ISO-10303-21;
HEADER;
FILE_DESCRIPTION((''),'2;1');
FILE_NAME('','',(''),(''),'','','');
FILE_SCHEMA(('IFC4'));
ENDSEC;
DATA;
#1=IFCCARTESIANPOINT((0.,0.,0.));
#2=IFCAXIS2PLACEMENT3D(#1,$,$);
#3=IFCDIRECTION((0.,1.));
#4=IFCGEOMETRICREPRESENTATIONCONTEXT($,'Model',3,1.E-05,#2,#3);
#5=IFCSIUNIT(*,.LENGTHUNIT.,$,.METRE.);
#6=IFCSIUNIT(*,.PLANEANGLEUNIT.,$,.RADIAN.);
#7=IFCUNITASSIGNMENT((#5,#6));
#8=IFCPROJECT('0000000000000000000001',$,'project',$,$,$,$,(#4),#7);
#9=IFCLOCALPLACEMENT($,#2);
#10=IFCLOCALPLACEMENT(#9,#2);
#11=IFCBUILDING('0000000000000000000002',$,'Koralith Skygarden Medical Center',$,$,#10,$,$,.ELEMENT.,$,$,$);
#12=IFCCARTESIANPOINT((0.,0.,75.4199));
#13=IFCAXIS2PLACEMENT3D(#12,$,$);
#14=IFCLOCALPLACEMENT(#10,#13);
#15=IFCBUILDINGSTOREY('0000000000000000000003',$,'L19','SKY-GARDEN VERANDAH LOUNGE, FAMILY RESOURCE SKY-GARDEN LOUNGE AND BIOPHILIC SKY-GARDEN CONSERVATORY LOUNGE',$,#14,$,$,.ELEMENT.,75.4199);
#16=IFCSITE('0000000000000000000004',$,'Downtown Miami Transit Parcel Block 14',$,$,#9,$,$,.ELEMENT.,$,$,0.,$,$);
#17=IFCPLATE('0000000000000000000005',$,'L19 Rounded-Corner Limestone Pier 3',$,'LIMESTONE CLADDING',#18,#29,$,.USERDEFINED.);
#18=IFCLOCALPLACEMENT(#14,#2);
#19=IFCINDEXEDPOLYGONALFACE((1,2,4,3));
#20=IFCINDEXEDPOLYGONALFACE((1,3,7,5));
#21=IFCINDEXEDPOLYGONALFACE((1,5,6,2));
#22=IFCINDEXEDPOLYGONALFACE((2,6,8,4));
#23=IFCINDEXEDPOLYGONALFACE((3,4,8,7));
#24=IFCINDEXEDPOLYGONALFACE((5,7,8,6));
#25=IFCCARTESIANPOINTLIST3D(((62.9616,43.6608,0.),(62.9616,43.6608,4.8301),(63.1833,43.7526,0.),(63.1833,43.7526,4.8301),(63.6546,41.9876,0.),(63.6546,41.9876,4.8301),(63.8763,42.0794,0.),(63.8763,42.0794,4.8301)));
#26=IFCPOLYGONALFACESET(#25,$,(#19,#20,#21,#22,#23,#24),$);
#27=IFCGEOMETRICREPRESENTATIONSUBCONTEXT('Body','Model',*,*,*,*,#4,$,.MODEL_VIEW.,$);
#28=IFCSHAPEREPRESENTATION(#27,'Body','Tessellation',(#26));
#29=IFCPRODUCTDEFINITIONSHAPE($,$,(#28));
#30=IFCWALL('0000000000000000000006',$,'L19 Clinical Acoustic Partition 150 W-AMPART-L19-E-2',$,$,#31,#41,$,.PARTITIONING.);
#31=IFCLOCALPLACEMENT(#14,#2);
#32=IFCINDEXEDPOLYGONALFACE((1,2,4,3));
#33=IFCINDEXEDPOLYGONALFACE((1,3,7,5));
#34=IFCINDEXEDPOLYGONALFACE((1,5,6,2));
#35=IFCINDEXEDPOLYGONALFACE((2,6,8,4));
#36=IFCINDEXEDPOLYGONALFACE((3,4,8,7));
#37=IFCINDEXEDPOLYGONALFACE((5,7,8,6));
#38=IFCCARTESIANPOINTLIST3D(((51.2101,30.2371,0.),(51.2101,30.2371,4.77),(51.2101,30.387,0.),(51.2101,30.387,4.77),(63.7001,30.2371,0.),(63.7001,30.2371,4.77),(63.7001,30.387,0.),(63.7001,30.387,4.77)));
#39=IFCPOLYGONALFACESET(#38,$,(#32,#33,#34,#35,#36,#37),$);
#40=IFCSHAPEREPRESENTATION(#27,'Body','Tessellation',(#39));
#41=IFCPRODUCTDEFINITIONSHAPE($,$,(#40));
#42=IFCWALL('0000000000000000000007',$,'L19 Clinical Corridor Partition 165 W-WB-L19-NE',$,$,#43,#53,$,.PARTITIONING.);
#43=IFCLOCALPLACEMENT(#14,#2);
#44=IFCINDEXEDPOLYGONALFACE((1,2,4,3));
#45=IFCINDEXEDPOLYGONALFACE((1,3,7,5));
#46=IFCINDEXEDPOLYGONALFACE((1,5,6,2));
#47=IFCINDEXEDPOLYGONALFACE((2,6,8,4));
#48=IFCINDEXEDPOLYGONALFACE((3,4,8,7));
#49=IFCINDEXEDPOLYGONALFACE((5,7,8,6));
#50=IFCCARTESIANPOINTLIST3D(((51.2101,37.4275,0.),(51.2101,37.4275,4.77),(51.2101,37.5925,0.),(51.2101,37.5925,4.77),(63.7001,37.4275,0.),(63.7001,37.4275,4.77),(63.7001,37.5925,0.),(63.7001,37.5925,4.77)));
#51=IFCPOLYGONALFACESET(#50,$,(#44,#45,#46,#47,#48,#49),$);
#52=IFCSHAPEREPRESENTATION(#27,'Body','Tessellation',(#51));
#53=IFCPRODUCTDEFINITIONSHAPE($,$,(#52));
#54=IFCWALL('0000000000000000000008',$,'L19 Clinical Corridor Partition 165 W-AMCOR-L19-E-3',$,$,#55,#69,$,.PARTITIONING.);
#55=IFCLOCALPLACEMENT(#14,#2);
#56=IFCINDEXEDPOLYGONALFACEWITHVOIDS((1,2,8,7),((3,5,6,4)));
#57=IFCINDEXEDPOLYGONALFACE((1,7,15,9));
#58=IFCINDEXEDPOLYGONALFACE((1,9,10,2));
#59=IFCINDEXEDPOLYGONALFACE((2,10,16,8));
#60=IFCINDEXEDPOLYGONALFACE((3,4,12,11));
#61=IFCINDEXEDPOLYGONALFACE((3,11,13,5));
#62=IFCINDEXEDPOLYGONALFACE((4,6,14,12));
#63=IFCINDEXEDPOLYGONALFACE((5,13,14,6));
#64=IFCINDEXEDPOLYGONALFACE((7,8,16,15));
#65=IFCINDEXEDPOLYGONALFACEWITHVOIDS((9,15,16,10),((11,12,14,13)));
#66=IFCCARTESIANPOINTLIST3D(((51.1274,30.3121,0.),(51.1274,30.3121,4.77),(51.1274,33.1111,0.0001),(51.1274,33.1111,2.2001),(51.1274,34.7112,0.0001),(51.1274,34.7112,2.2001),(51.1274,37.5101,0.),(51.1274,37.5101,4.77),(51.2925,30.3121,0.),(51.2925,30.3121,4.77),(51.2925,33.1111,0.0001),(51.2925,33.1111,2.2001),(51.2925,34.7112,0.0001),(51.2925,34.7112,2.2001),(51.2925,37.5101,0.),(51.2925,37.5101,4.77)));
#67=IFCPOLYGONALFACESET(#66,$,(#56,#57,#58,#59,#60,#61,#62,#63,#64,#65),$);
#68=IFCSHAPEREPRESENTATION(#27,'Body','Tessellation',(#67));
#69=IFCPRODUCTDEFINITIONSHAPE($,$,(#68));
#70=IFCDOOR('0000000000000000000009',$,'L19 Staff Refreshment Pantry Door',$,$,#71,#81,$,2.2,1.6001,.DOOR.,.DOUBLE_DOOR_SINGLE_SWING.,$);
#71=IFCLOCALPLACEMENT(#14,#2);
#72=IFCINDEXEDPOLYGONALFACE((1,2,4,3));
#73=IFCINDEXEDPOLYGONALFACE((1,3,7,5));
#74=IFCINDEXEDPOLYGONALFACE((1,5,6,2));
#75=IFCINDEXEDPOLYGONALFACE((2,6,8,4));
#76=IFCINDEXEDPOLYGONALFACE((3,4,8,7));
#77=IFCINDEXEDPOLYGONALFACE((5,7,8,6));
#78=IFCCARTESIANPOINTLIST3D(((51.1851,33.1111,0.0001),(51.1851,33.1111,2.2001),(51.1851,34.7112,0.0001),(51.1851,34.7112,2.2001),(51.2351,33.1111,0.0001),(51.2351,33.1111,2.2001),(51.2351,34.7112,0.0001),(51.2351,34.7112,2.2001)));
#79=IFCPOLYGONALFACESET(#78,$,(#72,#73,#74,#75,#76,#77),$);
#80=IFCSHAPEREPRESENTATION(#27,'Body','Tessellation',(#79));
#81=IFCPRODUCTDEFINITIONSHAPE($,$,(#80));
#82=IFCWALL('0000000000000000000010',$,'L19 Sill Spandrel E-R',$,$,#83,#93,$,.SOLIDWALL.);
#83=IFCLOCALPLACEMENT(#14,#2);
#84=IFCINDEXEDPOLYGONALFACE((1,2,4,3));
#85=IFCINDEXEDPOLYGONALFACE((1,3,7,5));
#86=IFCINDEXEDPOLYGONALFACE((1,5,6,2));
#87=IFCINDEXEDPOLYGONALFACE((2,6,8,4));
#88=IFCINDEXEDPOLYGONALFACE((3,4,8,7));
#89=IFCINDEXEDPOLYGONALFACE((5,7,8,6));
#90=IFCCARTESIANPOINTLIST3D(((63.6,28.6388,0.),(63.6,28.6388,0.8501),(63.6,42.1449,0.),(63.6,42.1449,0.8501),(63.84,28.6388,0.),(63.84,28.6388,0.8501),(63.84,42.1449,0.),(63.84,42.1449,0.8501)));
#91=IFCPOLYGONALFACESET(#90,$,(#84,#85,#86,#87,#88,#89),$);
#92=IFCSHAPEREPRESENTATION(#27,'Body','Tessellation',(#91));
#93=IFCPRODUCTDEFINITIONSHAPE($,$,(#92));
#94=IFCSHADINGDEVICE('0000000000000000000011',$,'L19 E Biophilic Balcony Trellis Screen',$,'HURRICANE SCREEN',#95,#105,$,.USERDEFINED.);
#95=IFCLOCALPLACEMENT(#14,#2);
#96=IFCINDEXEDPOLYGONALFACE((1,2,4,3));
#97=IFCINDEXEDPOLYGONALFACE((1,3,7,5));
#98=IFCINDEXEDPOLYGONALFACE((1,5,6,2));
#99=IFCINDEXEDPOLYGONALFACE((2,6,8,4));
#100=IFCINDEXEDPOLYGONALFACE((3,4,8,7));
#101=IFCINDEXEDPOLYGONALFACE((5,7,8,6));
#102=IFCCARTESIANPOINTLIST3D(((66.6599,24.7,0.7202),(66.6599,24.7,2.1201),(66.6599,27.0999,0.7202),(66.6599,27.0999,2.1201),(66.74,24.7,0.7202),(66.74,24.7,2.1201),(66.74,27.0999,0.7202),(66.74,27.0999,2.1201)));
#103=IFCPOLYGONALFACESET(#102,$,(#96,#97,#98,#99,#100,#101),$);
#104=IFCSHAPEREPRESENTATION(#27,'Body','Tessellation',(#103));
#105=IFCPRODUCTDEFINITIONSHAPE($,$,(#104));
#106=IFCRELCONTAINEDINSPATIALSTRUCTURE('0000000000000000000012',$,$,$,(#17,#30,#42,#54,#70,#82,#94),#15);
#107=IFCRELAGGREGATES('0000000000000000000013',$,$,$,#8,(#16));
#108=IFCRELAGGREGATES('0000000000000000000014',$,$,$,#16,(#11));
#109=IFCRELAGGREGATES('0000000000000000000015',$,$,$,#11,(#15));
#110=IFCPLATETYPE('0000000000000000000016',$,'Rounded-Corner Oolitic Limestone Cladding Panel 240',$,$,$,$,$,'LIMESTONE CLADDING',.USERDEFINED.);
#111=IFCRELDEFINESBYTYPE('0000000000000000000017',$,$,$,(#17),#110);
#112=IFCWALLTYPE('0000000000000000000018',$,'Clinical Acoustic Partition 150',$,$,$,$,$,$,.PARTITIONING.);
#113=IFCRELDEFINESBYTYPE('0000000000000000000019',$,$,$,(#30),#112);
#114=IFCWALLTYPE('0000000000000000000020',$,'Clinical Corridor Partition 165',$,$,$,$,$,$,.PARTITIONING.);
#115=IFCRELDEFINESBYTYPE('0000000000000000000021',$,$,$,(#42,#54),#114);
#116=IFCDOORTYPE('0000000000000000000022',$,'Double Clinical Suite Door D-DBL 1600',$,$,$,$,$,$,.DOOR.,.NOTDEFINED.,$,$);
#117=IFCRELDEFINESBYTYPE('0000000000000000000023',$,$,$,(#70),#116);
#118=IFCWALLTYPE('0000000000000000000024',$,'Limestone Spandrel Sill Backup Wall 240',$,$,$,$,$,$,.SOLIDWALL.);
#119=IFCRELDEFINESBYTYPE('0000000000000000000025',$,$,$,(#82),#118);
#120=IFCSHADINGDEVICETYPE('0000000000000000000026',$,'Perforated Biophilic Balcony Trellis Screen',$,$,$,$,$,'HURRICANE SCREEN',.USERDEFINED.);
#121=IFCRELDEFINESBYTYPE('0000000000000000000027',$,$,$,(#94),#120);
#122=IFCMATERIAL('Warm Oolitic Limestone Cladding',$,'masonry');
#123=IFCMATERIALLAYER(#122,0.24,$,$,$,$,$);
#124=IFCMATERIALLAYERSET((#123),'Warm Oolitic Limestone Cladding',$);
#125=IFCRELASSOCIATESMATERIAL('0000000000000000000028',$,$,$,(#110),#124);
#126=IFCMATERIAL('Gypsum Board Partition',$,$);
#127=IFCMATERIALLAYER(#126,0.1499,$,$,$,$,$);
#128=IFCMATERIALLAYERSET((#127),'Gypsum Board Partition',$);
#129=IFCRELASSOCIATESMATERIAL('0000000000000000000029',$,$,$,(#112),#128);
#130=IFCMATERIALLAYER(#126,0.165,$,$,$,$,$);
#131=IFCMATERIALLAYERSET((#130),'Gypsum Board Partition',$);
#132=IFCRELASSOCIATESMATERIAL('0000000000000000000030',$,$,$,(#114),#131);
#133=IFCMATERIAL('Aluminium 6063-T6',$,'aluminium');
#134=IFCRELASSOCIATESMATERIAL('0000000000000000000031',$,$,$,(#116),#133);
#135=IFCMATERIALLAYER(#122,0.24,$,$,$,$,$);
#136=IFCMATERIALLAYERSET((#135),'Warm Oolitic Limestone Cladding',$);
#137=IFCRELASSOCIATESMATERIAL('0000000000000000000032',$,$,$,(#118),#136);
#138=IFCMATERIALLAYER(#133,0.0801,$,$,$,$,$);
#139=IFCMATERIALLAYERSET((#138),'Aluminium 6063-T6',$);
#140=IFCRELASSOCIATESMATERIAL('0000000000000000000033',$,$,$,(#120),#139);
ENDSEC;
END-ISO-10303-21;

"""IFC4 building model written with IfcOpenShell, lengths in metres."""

from ifc_helpers import new_model, si_unit, direction, frame, frame_2d, origin, origin_2d, place, context, subcontext, project, spatial, rectangle, extrude, material, layer, layer_set, type_object, element, fill, save


model = new_model("IFC4")

# Units and contexts
model_context = context("Model", 3, precision=1e-05, world=origin(), true_north=direction((0.0, 1.0)))
body_context = subcontext(model_context, "Body", "Model", "MODEL_VIEW")
ifc_project = project(units=[si_unit("LENGTHUNIT", "METRE"), si_unit("PLANEANGLEUNIT", "RADIAN")], contexts=[model_context])

# Site, building, storey
site_placement = place(None, origin())
site = spatial("IfcSite", under=ifc_project, at=site_placement, Name="Downtown Miami Transit Parcel Block 14", CompositionType="ELEMENT", RefElevation=0.0)
building_placement = place(site_placement, origin())
building = spatial("IfcBuilding", under=site, at=building_placement, Name="Koralith Skygarden Medical Center", CompositionType="ELEMENT")
storey_placement = place(building_placement, frame((0.0, 0.0, 75.4199)))
storey = spatial("IfcBuildingStorey", under=building, at=storey_placement, Name="L19", Description="SKY-GARDEN VERANDAH LOUNGE, FAMILY RESOURCE SKY-GARDEN LOUNGE AND BIOPHILIC SKY-GARDEN CONSERVATORY LOUNGE", CompositionType="ELEMENT", Elevation=75.4199)

# Shared definitions
ifc_material_1 = material(Name="Aluminium 6063-T6", Category="aluminium")

# Plate
ifc_material_2 = material(Name="Warm Oolitic Limestone Cladding", Category="masonry")
ifc_layer_1 = layer(ifc_material_2, 0.24)
ifc_layer_set_1 = layer_set([ifc_layer_1], Name="Warm Oolitic Limestone Cladding")
plate_type_1 = type_object("IfcPlateType", Name="Rounded-Corner Oolitic Limestone Cladding Panel 240", ElementType="LIMESTONE CLADDING", PredefinedType="USERDEFINED", material=ifc_layer_set_1)
plate_1_placement = place(storey_placement, frame((63.4189, 42.8701, 0.0), z_axis=(0.0, 0.0, 1.0), x_axis=(-0.382671, 0.923885, 0.0)))
element("IfcPlate", 1, at=plate_1_placement, inside=storey, type_object=plate_type_1, Name="L19 Rounded-Corner Limestone Pier 3", ObjectType="LIMESTONE CLADDING", PredefinedType="USERDEFINED", context=body_context, shape_type="SweptSolid", body=[
    extrude(rectangle(XDim=1.811, YDim=0.24, at=origin_2d()), origin(), (0.0, 0.0, 1.0), 4.8301),
])

# Walls
ifc_material_3 = material(Name="Gypsum Board Partition")
ifc_layer_2 = layer(ifc_material_3, 0.1499)
ifc_layer_set_2 = layer_set([ifc_layer_2], Name="Gypsum Board Partition")
wall_type_1 = type_object("IfcWallType", Name="Clinical Acoustic Partition 150", PredefinedType="PARTITIONING", material=ifc_layer_set_2)
wall_1_placement = place(storey_placement, frame((51.21, 30.312, 0.0), z_axis=(0.0, 0.0, 1.0), x_axis=(1.0, 0.0, 0.0)))
element("IfcWall", 2, at=wall_1_placement, inside=storey, type_object=wall_type_1, Name="L19 Clinical Acoustic Partition 150 W-AMPART-L19-E-2", PredefinedType="PARTITIONING", context=body_context, shape_type="SweptSolid", body=[
    extrude(rectangle(XDim=12.49, YDim=0.1499, at=frame_2d((6.2451, 0.0))), origin(), (0.0, 0.0, 1.0), 4.77),
])
ifc_layer_3 = layer(ifc_material_3, 0.165)
ifc_layer_set_3 = layer_set([ifc_layer_3], Name="Gypsum Board Partition")
wall_type_2 = type_object("IfcWallType", Name="Clinical Corridor Partition 165", PredefinedType="PARTITIONING", material=ifc_layer_set_3)
wall_2_placement = place(storey_placement, frame((51.21, 37.51, 0.0), z_axis=(0.0, 0.0, 1.0), x_axis=(1.0, 0.0, 0.0)))
element("IfcWall", 3, at=wall_2_placement, inside=storey, type_object=wall_type_2, Name="L19 Clinical Corridor Partition 165 W-WB-L19-NE", PredefinedType="PARTITIONING", context=body_context, shape_type="SweptSolid", body=[
    extrude(rectangle(XDim=12.49, YDim=0.165, at=frame_2d((6.2451, 0.0))), origin(), (0.0, 0.0, 1.0), 4.77),
])

# Wall, opening, door
wall_3_placement = place(storey_placement, frame((51.21, 30.312, 0.0), z_axis=(0.0, 0.0, 1.0), x_axis=(0.0, 1.0, 0.0)))
wall_3 = element("IfcWall", 4, at=wall_3_placement, inside=storey, type_object=wall_type_2, Name="L19 Clinical Corridor Partition 165 W-AMCOR-L19-E-3", PredefinedType="PARTITIONING", context=body_context, shape_type="SweptSolid", body=[
    extrude(rectangle(XDim=7.198, YDim=0.165, at=frame_2d((3.5991, 0.0))), origin(), (0.0, 0.0, 1.0), 4.77),
])
opening_placement = place(wall_3_placement, frame((2.7991, 0.0, 0.0)))
opening = element("IfcOpeningElement", 5, at=opening_placement, cuts=wall_3, PredefinedType="OPENING", context=body_context, shape_type="SweptSolid", body=[
    extrude(rectangle(XDim=1.6001, YDim=2.2, at=frame_2d((0.8, 1.1001))), frame((0.0, 0.0925, 0.0), z_axis=(0.0, -1.0, 0.0), x_axis=(1.0, 0.0, 0.0)), (0.0, 0.0, 1.0), 0.1851),
])
door_type = type_object("IfcDoorType", Name="Double Clinical Suite Door D-DBL 1600", OperationType="NOTDEFINED", PredefinedType="DOOR", material=ifc_material_1)
door_placement = place(opening_placement, origin())
door = element("IfcDoor", 6, at=door_placement, inside=storey, type_object=door_type, Name="L19 Staff Refreshment Pantry Door", OperationType="DOUBLE_DOOR_SINGLE_SWING", OverallHeight=2.2, OverallWidth=1.6001, PredefinedType="DOOR", context=body_context, shape_type="SweptSolid", body=[
    extrude(rectangle(XDim=1.6001, YDim=2.2, at=frame_2d((0.8, 1.1001))), frame((0.0, 0.0249, 0.0), z_axis=(0.0, -1.0, 0.0), x_axis=(1.0, 0.0, 0.0)), (0.0, 0.0, 1.0), 0.05),
])
fill(opening, door)

# Wall
ifc_layer_4 = layer(ifc_material_2, 0.24)
ifc_layer_set_4 = layer_set([ifc_layer_4], Name="Warm Oolitic Limestone Cladding")
wall_type_3 = type_object("IfcWallType", Name="Limestone Spandrel Sill Backup Wall 240", PredefinedType="SOLIDWALL", material=ifc_layer_set_4)
wall_4_placement = place(storey_placement, frame((63.72, 28.6389, 0.0), z_axis=(0.0, 0.0, 1.0), x_axis=(0.0, 1.0, 0.0)))
element("IfcWall", 7, at=wall_4_placement, inside=storey, type_object=wall_type_3, Name="L19 Sill Spandrel E-R", PredefinedType="SOLIDWALL", context=body_context, shape_type="SweptSolid", body=[
    extrude(rectangle(XDim=13.5061, YDim=0.24, at=frame_2d((6.7529, 0.0))), origin(), (0.0, 0.0, 1.0), 0.8501),
])

# Shading device
ifc_layer_5 = layer(ifc_material_1, 0.0801)
ifc_layer_set_5 = layer_set([ifc_layer_5], Name="Aluminium 6063-T6")
shading_device_type = type_object("IfcShadingDeviceType", Name="Perforated Biophilic Balcony Trellis Screen", ElementType="HURRICANE SCREEN", PredefinedType="USERDEFINED", material=ifc_layer_set_5)
shading_device_placement = place(storey_placement, frame((66.7, 25.8999, 0.7202), z_axis=(0.0, 0.0, 1.0), x_axis=(0.0, 1.0, 0.0)))
element("IfcShadingDevice", 8, at=shading_device_placement, inside=storey, type_object=shading_device_type, Name="L19 E Biophilic Balcony Trellis Screen", ObjectType="HURRICANE SCREEN", PredefinedType="USERDEFINED", context=body_context, shape_type="SweptSolid", body=[
    extrude(rectangle(XDim=2.3999, YDim=0.0801, at=origin_2d()), origin(), (0.0, 0.0, 1.0), 1.3999),
])

save(model, "model.ifc")
